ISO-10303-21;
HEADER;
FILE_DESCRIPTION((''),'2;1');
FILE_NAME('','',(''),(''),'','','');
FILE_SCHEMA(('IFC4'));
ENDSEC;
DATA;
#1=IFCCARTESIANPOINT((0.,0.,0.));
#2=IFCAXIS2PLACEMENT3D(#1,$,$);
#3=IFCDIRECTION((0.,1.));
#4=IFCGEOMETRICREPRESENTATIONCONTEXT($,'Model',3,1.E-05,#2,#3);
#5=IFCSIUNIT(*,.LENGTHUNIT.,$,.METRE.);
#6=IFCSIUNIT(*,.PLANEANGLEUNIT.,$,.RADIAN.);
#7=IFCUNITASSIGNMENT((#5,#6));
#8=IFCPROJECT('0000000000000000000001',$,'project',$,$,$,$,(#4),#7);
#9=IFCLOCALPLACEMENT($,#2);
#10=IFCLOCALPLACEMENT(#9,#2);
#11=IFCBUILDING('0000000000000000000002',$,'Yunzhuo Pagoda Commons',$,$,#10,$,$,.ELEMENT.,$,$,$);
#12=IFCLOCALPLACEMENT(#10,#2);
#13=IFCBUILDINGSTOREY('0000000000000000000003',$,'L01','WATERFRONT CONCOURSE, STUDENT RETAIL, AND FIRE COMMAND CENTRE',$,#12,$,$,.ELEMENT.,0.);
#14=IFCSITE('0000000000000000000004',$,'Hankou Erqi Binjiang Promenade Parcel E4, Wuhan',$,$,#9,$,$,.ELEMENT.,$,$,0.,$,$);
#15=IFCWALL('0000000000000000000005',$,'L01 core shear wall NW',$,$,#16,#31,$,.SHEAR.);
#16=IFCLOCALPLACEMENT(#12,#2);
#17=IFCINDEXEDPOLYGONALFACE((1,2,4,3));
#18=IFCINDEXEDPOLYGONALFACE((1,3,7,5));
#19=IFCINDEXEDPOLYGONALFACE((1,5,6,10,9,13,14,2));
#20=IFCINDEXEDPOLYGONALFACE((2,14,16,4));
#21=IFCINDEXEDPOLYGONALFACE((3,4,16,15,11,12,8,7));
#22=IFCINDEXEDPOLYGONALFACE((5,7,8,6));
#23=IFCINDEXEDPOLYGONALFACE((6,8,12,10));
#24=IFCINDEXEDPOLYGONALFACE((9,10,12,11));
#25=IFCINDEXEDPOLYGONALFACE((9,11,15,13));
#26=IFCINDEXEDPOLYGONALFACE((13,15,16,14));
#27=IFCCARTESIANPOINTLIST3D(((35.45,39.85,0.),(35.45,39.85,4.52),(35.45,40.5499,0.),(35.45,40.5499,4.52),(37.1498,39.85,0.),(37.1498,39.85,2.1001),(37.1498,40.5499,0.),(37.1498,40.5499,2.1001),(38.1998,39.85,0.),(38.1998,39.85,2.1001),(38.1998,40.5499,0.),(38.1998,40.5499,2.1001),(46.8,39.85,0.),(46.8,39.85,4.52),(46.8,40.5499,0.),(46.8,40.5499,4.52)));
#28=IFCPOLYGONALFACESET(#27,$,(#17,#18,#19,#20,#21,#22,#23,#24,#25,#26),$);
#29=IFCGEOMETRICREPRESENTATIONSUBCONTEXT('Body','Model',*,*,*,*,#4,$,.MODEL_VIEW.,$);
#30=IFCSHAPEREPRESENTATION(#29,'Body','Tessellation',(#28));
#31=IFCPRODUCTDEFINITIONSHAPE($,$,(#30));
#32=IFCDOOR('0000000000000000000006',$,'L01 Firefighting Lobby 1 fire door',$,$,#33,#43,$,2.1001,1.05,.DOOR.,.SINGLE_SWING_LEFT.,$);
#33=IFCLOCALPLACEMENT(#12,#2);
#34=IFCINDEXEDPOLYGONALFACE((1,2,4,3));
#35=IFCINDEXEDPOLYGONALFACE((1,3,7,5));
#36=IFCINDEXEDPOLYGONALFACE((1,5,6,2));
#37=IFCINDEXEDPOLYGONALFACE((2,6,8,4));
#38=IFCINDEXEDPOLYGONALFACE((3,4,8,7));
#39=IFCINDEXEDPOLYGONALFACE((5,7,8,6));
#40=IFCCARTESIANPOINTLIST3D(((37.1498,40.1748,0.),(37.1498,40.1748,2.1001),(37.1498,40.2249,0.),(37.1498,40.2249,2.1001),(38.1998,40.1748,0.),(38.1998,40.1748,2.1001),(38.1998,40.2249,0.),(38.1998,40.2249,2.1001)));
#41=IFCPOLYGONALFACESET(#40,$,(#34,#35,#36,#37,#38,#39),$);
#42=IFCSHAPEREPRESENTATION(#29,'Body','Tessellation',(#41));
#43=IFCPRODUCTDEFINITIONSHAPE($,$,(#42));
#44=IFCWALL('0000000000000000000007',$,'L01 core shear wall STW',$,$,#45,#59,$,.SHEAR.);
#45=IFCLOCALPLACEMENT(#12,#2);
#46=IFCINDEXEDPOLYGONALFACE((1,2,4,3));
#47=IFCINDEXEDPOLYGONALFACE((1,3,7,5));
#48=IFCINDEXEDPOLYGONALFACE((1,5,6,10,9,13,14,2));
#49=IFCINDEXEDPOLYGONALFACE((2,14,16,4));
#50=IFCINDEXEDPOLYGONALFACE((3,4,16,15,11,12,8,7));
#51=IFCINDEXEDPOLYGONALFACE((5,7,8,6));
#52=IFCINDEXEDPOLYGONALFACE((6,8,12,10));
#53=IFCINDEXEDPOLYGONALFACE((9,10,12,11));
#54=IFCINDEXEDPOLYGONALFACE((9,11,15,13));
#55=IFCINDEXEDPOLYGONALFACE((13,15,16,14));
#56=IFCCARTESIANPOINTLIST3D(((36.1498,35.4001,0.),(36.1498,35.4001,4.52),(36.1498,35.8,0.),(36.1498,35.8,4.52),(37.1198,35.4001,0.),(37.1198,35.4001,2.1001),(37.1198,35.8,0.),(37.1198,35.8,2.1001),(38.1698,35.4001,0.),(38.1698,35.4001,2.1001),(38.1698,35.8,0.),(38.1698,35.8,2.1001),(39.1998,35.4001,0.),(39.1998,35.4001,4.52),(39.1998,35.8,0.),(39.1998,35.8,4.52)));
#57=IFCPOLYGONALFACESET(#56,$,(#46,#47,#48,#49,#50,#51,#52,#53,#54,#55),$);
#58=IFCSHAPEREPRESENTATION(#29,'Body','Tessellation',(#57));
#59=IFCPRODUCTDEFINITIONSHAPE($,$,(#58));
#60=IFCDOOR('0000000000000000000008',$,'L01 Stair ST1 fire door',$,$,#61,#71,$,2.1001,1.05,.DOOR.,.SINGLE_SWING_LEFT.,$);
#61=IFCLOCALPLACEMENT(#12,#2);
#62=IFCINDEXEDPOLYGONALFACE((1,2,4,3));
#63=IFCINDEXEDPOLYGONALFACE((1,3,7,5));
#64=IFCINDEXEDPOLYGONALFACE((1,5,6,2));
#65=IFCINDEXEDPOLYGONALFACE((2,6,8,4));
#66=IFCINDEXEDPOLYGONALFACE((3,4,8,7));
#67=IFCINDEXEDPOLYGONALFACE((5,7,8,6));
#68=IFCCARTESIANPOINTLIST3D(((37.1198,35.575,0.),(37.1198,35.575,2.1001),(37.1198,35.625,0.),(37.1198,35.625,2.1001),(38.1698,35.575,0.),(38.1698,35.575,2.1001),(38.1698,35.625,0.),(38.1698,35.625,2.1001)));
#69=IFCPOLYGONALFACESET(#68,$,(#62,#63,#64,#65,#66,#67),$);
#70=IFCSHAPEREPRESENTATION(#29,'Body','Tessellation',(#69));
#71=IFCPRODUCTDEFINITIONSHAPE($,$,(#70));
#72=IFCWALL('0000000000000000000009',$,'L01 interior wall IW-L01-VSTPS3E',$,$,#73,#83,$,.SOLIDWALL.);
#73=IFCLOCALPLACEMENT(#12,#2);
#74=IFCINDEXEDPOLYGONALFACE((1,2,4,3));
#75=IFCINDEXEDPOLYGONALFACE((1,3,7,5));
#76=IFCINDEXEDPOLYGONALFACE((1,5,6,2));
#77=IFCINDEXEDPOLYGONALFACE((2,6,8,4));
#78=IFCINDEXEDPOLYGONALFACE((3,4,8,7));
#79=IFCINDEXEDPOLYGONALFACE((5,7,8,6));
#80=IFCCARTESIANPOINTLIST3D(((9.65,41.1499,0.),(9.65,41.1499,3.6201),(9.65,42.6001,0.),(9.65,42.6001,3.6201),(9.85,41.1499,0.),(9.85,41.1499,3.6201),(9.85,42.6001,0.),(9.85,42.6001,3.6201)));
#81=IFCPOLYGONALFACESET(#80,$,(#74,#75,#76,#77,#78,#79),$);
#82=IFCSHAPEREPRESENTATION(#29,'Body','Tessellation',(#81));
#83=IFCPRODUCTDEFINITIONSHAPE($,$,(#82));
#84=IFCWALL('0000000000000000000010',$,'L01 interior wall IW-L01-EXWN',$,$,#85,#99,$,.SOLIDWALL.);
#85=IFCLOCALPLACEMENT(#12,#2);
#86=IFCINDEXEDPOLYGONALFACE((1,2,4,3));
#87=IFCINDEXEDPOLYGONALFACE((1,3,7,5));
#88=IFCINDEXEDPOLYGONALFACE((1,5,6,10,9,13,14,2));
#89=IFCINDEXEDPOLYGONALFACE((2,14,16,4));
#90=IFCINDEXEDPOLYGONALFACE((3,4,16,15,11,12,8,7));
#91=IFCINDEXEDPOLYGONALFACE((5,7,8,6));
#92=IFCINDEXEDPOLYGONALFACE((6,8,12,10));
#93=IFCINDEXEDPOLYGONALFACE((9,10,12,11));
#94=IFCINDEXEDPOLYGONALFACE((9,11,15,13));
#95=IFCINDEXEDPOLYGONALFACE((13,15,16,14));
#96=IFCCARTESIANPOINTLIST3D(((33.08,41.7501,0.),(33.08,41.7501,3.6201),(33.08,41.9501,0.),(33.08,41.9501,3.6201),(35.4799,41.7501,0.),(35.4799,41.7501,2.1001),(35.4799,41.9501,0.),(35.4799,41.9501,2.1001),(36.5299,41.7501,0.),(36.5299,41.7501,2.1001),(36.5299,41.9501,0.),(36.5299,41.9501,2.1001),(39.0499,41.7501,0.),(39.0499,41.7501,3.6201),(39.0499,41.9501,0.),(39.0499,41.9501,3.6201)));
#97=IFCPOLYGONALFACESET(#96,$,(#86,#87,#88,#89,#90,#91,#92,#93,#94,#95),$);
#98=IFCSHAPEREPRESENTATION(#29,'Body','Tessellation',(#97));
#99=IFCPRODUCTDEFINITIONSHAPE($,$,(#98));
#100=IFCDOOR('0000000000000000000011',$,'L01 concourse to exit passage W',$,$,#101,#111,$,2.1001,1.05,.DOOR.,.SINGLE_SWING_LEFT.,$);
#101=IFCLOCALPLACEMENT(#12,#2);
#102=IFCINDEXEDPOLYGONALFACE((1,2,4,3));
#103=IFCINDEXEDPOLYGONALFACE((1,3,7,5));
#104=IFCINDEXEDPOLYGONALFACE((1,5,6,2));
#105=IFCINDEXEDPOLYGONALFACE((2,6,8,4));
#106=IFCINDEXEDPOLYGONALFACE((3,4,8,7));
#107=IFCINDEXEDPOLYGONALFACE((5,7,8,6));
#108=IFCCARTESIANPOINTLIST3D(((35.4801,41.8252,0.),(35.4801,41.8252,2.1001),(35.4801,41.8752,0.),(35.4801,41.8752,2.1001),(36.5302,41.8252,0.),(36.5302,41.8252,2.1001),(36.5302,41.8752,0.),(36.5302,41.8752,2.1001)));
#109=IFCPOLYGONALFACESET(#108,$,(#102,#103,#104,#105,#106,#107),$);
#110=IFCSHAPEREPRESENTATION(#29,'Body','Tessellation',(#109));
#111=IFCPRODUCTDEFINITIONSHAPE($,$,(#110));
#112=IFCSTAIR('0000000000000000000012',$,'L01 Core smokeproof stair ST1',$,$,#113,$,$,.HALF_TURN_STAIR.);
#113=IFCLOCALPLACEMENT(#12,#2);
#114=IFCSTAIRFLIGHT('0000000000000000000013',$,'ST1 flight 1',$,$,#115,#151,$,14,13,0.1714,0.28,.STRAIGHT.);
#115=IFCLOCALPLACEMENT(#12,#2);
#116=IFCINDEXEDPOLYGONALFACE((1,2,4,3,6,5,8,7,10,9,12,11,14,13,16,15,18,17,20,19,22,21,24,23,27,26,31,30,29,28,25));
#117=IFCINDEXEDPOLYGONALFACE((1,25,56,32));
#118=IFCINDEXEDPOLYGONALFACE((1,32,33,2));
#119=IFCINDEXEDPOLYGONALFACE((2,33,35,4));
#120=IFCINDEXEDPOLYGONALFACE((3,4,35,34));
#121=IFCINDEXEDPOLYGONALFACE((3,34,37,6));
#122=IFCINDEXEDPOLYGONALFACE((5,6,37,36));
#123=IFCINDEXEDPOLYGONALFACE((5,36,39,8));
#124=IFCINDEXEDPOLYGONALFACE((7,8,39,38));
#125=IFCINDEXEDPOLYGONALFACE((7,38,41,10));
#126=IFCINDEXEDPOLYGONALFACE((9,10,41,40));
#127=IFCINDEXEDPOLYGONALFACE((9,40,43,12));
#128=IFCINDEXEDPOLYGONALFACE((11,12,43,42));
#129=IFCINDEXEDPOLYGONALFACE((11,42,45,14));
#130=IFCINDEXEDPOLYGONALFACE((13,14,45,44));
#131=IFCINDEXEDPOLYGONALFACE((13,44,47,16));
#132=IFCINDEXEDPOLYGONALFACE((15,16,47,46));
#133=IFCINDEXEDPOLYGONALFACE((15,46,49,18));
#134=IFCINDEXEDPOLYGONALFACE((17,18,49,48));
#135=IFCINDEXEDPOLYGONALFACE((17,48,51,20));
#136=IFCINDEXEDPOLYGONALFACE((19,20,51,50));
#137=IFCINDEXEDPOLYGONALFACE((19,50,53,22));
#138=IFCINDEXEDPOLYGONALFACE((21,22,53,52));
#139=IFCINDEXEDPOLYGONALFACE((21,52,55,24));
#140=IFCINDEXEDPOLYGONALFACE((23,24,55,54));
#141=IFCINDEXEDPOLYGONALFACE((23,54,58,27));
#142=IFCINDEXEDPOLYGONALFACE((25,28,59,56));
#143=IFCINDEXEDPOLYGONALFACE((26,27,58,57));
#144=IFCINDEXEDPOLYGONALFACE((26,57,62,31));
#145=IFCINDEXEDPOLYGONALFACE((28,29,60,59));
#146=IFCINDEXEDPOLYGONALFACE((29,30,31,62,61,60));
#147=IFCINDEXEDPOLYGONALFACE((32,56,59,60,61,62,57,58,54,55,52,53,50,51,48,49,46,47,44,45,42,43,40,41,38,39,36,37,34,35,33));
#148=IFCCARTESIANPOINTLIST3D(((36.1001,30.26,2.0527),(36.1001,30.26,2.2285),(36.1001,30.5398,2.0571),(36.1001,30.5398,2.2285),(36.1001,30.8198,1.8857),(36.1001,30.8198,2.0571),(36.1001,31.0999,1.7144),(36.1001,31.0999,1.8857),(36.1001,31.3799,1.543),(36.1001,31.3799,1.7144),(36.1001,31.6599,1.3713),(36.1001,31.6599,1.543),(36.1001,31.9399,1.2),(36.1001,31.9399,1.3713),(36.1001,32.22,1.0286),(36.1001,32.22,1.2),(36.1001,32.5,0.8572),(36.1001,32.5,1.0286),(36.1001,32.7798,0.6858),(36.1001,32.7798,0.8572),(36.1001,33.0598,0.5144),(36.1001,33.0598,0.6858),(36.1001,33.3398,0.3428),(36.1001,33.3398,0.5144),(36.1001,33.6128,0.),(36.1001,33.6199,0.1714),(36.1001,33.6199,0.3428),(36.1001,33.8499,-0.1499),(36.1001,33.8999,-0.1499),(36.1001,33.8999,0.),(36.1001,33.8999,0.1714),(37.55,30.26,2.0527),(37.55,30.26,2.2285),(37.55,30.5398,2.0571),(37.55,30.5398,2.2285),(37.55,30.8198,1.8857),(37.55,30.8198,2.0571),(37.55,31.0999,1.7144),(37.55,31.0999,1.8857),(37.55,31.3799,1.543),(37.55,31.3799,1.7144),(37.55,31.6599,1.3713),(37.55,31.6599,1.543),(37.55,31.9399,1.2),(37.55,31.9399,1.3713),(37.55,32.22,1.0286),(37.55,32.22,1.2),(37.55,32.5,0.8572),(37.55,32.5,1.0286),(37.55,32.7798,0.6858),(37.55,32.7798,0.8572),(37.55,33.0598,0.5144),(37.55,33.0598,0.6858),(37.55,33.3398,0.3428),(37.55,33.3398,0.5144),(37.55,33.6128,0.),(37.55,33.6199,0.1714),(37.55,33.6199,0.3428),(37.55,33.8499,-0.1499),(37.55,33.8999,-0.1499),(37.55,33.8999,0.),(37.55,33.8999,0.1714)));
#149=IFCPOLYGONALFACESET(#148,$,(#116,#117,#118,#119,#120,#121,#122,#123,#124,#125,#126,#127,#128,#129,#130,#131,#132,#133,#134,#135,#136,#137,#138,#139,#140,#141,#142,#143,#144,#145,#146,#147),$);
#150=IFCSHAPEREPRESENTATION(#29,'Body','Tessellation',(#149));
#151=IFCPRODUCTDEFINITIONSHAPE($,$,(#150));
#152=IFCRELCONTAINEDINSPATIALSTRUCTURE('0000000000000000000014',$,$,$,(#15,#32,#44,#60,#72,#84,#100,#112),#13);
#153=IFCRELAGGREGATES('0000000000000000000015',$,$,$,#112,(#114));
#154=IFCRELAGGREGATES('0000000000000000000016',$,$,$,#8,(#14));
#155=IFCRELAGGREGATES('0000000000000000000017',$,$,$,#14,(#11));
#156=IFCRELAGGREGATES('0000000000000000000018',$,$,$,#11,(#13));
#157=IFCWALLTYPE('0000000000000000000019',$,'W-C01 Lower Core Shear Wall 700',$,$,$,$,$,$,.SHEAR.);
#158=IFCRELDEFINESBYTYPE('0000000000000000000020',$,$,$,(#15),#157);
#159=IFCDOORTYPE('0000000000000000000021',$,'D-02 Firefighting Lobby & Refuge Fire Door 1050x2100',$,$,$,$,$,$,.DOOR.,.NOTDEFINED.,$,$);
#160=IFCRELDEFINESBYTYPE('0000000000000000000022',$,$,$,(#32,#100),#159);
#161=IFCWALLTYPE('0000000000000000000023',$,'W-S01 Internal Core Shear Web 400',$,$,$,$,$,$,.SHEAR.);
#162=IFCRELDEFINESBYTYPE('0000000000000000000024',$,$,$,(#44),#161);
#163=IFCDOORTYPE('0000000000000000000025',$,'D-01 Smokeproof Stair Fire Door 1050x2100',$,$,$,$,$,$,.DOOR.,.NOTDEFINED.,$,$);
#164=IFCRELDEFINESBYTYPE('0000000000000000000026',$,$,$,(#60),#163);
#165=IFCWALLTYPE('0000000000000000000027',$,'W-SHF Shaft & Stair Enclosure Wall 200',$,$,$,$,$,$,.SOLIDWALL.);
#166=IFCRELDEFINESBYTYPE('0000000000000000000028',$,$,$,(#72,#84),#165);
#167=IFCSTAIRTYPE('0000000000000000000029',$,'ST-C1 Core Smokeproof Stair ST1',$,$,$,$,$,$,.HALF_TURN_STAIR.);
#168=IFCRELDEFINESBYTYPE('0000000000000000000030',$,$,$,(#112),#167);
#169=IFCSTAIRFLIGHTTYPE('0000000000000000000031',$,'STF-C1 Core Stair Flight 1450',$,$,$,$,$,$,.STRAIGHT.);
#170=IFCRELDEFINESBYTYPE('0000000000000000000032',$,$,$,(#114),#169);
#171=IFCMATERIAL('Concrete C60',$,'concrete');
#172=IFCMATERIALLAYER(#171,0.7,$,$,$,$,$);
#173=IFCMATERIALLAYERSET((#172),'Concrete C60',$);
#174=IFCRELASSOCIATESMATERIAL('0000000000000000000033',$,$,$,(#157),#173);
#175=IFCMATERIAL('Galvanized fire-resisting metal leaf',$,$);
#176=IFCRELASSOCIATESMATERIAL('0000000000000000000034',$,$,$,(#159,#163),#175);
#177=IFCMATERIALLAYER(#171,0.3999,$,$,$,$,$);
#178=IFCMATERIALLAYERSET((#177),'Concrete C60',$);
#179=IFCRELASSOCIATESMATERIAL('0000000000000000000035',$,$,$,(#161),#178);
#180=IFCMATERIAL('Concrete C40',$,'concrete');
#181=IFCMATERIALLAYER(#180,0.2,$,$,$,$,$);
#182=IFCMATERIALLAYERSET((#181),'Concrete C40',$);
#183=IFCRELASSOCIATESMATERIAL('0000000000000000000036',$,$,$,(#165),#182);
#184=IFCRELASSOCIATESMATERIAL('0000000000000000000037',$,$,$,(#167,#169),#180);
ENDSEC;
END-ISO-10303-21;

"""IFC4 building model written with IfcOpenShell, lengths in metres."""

from ifc_helpers import new_model, si_unit, direction, frame, frame_2d, origin, origin_with_axes, place, context, subcontext, project, spatial, polyline, rectangle, outline, extrude, source, transform, mapped, material, layer, layer_set, type_object, element, fill, aggregate, save


model = new_model("IFC4")

# Units and contexts
model_context = context("Model", 3, precision=1e-05, world=origin(), true_north=direction((0.0, 1.0)))
body_context = subcontext(model_context, "Body", "Model", "MODEL_VIEW")
ifc_project = project(units=[si_unit("LENGTHUNIT", "METRE"), si_unit("PLANEANGLEUNIT", "RADIAN")], contexts=[model_context])

# Site, building, storey
site_placement = place(None, origin())
site = spatial("IfcSite", under=ifc_project, at=site_placement, Name="Hankou Erqi Binjiang Promenade Parcel E4, Wuhan", CompositionType="ELEMENT", RefElevation=0.0)
building_placement = place(site_placement, origin())
building = spatial("IfcBuilding", under=site, at=building_placement, Name="Yunzhuo Pagoda Commons", CompositionType="ELEMENT")
storey_placement = place(building_placement, origin())
storey = spatial("IfcBuildingStorey", under=building, at=storey_placement, Name="L01", Description="WATERFRONT CONCOURSE, STUDENT RETAIL, AND FIRE COMMAND CENTRE", CompositionType="ELEMENT", Elevation=0.0)

# Walls, openings, doors
ifc_material_1 = material(Name="Concrete C60", Category="concrete")
ifc_layer_1 = layer(ifc_material_1, 0.7)
ifc_layer_set_1 = layer_set([ifc_layer_1], Name="Concrete C60")
wall_type_1 = type_object("IfcWallType", Name="W-C01 Lower Core Shear Wall 700", PredefinedType="SHEAR", material=ifc_layer_set_1)
wall_1_placement = place(storey_placement, frame((35.45, 40.2, 0.0), z_axis=(0.0, 0.0, 1.0), x_axis=(1.0, 0.0, 0.0)))
wall_1 = element("IfcWall", 1, at=wall_1_placement, inside=storey, type_object=wall_type_1, Name="L01 core shear wall NW", PredefinedType="SHEAR", context=body_context, shape_type="SweptSolid", body=[
    extrude(rectangle(XDim=11.3501, YDim=0.7, at=frame_2d((5.675, 0.0))), origin(), (0.0, 0.0, 1.0), 4.52),
])
opening_1_placement = place(wall_1_placement, frame((1.7, 0.0, 0.0)))
opening_1 = element("IfcOpeningElement", 2, at=opening_1_placement, cuts=wall_1, PredefinedType="OPENING", context=body_context, shape_type="SweptSolid", body=[
    extrude(rectangle(XDim=1.05, YDim=2.1001, at=frame_2d((0.5249, 1.05))), frame((0.0, 0.3599, 0.0), z_axis=(0.0, -1.0, 0.0), x_axis=(1.0, 0.0, 0.0)), (0.0, 0.0, 1.0), 0.72),
])
ifc_material_2 = material(Name="Galvanized fire-resisting metal leaf")
door_type_1 = type_object("IfcDoorType", Name="D-02 Firefighting Lobby & Refuge Fire Door 1050x2100", OperationType="NOTDEFINED", PredefinedType="DOOR", material=ifc_material_2)
shared_shape_1 = source(origin(), body_context, "Body", "SweptSolid", [
    extrude(rectangle(XDim=1.05, YDim=2.1001, at=frame_2d((0.5249, 1.05))), frame((0.0, 0.0249, 0.0), z_axis=(0.0, -1.0, 0.0), x_axis=(1.0, 0.0, 0.0)), (0.0, 0.0, 1.0), 0.05),
])
door_1_placement = place(opening_1_placement, origin_with_axes())
door_1 = element("IfcDoor", 3, at=door_1_placement, inside=storey, type_object=door_type_1, Name="L01 Firefighting Lobby 1 fire door", OperationType="SINGLE_SWING_LEFT", OverallHeight=2.1001, OverallWidth=1.05, PredefinedType="DOOR", context=body_context, shape_type="MappedRepresentation", body=[
    mapped(shared_shape_1, transform((0.0, 0.0, 0.0), scale=1.0)),
])
fill(opening_1, door_1)
ifc_layer_2 = layer(ifc_material_1, 0.3999)
ifc_layer_set_2 = layer_set([ifc_layer_2], Name="Concrete C60")
wall_type_2 = type_object("IfcWallType", Name="W-S01 Internal Core Shear Web 400", PredefinedType="SHEAR", material=ifc_layer_set_2)
wall_2_placement = place(storey_placement, frame((36.1499, 35.6001, 0.0), z_axis=(0.0, 0.0, 1.0), x_axis=(1.0, 0.0, 0.0)))
wall_2 = element("IfcWall", 4, at=wall_2_placement, inside=storey, type_object=wall_type_2, Name="L01 core shear wall STW", PredefinedType="SHEAR", context=body_context, shape_type="SweptSolid", body=[
    extrude(rectangle(XDim=3.05, YDim=0.3999, at=frame_2d((1.5249, 0.0))), origin(), (0.0, 0.0, 1.0), 4.52),
])
opening_2_placement = place(wall_2_placement, frame((0.97, 0.0, 0.0)))
opening_2 = element("IfcOpeningElement", 5, at=opening_2_placement, cuts=wall_2, PredefinedType="OPENING", context=body_context, shape_type="SweptSolid", body=[
    extrude(rectangle(XDim=1.05, YDim=2.1001, at=frame_2d((0.5249, 1.05))), frame((0.0, 0.21, 0.0), z_axis=(0.0, -1.0, 0.0), x_axis=(1.0, 0.0, 0.0)), (0.0, 0.0, 1.0), 0.4199),
])
door_type_2 = type_object("IfcDoorType", Name="D-01 Smokeproof Stair Fire Door 1050x2100", OperationType="NOTDEFINED", PredefinedType="DOOR", material=ifc_material_2)
door_2_placement = place(opening_2_placement, origin_with_axes())
door_2 = element("IfcDoor", 6, at=door_2_placement, inside=storey, type_object=door_type_2, Name="L01 Stair ST1 fire door", OperationType="SINGLE_SWING_LEFT", OverallHeight=2.1001, OverallWidth=1.05, PredefinedType="DOOR", context=body_context, shape_type="MappedRepresentation", body=[
    mapped(shared_shape_1, transform((0.0, 0.0, 0.0), scale=1.0)),
])
fill(opening_2, door_2)

# Wall
ifc_material_3 = material(Name="Concrete C40", Category="concrete")
ifc_layer_3 = layer(ifc_material_3, 0.2)
ifc_layer_set_3 = layer_set([ifc_layer_3], Name="Concrete C40")
wall_type_3 = type_object("IfcWallType", Name="W-SHF Shaft & Stair Enclosure Wall 200", PredefinedType="SOLIDWALL", material=ifc_layer_set_3)
wall_3_placement = place(storey_placement, frame((9.75, 41.1499, 0.0), z_axis=(0.0, 0.0, 1.0), x_axis=(0.0, 1.0, 0.0)))
element("IfcWall", 7, at=wall_3_placement, inside=storey, type_object=wall_type_3, Name="L01 interior wall IW-L01-VSTPS3E", PredefinedType="SOLIDWALL", context=body_context, shape_type="SweptSolid", body=[
    extrude(rectangle(XDim=1.4502, YDim=0.2, at=frame_2d((0.7251, 0.0))), origin(), (0.0, 0.0, 1.0), 3.6201),
])

# Wall, opening, door
wall_4_placement = place(storey_placement, frame((33.0801, 41.8501, 0.0), z_axis=(0.0, 0.0, 1.0), x_axis=(1.0, 0.0, 0.0)))
wall_4 = element("IfcWall", 8, at=wall_4_placement, inside=storey, type_object=wall_type_3, Name="L01 interior wall IW-L01-EXWN", PredefinedType="SOLIDWALL", context=body_context, shape_type="SweptSolid", body=[
    extrude(rectangle(XDim=5.97, YDim=0.2, at=frame_2d((2.9849, 0.0))), origin(), (0.0, 0.0, 1.0), 3.6201),
])
opening_3_placement = place(wall_4_placement, frame((2.3999, 0.0, 0.0)))
opening_3 = element("IfcOpeningElement", 9, at=opening_3_placement, cuts=wall_4, PredefinedType="OPENING", context=body_context, shape_type="SweptSolid", body=[
    extrude(rectangle(XDim=1.05, YDim=2.1001, at=frame_2d((0.5249, 1.05))), frame((0.0, 0.1099, 0.0), z_axis=(0.0, -1.0, 0.0), x_axis=(1.0, 0.0, 0.0)), (0.0, 0.0, 1.0), 0.22),
])
door_3_placement = place(opening_3_placement, frame((1.05, 0.0, 0.0), z_axis=(0.0, 0.0, 1.0), x_axis=(-1.0, 0.0, 0.0)))
door_3 = element("IfcDoor", 10, at=door_3_placement, inside=storey, type_object=door_type_1, Name="L01 concourse to exit passage W", OperationType="SINGLE_SWING_LEFT", OverallHeight=2.1001, OverallWidth=1.05, PredefinedType="DOOR", context=body_context, shape_type="MappedRepresentation", body=[
    mapped(shared_shape_1, transform((0.0, 0.0, 0.0), scale=1.0)),
])
fill(opening_3, door_3)

# Stair, stair flight
stair_type = type_object("IfcStairType", Name="ST-C1 Core Smokeproof Stair ST1", PredefinedType="HALF_TURN_STAIR", material=ifc_material_3)
stair_placement = place(storey_placement, origin())
stair = element("IfcStair", 11, at=stair_placement, inside=storey, type_object=stair_type, Name="L01 Core smokeproof stair ST1", PredefinedType="HALF_TURN_STAIR")
stair_flight_type = type_object("IfcStairFlightType", Name="STF-C1 Core Stair Flight 1450", PredefinedType="STRAIGHT", material=ifc_material_3)
shared_shape_2 = source(origin(), body_context, "Body", "SweptSolid", [
    extrude(outline(polyline([(0.0, -0.1499), (0.0, 0.0), (0.0, 0.1714), (0.28, 0.1714), (0.28, 0.3428), (0.5601, 0.3428), (0.5601, 0.5144), (0.8401, 0.5144), (0.8401, 0.6858), (1.1201, 0.6858), (1.1201, 0.8572), (1.3999, 0.8572), (1.3999, 1.0286), (1.6799, 1.0286), (1.6799, 1.2), (1.96, 1.2), (1.96, 1.3713), (2.24, 1.3713), (2.24, 1.543), (2.52, 1.543), (2.52, 1.7144), (2.8, 1.7144), (2.8, 1.8857), (3.0801, 1.8857), (3.0801, 2.0571), (3.3601, 2.0571), (3.3601, 2.2285), (3.6399, 2.2285), (3.6399, 2.3999), (3.6399, 2.0527), (0.2871, 0.0), (0.05, -0.1499), (0.0, -0.1499)])), frame((0.0, 0.7251, 0.0), z_axis=(0.0, -1.0, 0.0), x_axis=(1.0, 0.0, 0.0)), (0.0, 0.0, 1.0), 1.45),
])
stair_flight_placement = place(storey_placement, frame((36.825, 33.8999, 0.0), z_axis=(0.0, 0.0, 1.0), x_axis=(0.0, -1.0, 0.0)))
stair_flight = element("IfcStairFlight", 12, at=stair_flight_placement, type_object=stair_flight_type, Name="ST1 flight 1", NumberOfRisers=14, NumberOfTreads=13, PredefinedType="STRAIGHT", RiserHeight=0.1714, TreadLength=0.28, context=body_context, shape_type="MappedRepresentation", body=[
    mapped(shared_shape_2, transform((0.0, 0.0, 0.0), scale=1.0)),
])
aggregate(stair, [stair_flight])

save(model, "model.ifc")
